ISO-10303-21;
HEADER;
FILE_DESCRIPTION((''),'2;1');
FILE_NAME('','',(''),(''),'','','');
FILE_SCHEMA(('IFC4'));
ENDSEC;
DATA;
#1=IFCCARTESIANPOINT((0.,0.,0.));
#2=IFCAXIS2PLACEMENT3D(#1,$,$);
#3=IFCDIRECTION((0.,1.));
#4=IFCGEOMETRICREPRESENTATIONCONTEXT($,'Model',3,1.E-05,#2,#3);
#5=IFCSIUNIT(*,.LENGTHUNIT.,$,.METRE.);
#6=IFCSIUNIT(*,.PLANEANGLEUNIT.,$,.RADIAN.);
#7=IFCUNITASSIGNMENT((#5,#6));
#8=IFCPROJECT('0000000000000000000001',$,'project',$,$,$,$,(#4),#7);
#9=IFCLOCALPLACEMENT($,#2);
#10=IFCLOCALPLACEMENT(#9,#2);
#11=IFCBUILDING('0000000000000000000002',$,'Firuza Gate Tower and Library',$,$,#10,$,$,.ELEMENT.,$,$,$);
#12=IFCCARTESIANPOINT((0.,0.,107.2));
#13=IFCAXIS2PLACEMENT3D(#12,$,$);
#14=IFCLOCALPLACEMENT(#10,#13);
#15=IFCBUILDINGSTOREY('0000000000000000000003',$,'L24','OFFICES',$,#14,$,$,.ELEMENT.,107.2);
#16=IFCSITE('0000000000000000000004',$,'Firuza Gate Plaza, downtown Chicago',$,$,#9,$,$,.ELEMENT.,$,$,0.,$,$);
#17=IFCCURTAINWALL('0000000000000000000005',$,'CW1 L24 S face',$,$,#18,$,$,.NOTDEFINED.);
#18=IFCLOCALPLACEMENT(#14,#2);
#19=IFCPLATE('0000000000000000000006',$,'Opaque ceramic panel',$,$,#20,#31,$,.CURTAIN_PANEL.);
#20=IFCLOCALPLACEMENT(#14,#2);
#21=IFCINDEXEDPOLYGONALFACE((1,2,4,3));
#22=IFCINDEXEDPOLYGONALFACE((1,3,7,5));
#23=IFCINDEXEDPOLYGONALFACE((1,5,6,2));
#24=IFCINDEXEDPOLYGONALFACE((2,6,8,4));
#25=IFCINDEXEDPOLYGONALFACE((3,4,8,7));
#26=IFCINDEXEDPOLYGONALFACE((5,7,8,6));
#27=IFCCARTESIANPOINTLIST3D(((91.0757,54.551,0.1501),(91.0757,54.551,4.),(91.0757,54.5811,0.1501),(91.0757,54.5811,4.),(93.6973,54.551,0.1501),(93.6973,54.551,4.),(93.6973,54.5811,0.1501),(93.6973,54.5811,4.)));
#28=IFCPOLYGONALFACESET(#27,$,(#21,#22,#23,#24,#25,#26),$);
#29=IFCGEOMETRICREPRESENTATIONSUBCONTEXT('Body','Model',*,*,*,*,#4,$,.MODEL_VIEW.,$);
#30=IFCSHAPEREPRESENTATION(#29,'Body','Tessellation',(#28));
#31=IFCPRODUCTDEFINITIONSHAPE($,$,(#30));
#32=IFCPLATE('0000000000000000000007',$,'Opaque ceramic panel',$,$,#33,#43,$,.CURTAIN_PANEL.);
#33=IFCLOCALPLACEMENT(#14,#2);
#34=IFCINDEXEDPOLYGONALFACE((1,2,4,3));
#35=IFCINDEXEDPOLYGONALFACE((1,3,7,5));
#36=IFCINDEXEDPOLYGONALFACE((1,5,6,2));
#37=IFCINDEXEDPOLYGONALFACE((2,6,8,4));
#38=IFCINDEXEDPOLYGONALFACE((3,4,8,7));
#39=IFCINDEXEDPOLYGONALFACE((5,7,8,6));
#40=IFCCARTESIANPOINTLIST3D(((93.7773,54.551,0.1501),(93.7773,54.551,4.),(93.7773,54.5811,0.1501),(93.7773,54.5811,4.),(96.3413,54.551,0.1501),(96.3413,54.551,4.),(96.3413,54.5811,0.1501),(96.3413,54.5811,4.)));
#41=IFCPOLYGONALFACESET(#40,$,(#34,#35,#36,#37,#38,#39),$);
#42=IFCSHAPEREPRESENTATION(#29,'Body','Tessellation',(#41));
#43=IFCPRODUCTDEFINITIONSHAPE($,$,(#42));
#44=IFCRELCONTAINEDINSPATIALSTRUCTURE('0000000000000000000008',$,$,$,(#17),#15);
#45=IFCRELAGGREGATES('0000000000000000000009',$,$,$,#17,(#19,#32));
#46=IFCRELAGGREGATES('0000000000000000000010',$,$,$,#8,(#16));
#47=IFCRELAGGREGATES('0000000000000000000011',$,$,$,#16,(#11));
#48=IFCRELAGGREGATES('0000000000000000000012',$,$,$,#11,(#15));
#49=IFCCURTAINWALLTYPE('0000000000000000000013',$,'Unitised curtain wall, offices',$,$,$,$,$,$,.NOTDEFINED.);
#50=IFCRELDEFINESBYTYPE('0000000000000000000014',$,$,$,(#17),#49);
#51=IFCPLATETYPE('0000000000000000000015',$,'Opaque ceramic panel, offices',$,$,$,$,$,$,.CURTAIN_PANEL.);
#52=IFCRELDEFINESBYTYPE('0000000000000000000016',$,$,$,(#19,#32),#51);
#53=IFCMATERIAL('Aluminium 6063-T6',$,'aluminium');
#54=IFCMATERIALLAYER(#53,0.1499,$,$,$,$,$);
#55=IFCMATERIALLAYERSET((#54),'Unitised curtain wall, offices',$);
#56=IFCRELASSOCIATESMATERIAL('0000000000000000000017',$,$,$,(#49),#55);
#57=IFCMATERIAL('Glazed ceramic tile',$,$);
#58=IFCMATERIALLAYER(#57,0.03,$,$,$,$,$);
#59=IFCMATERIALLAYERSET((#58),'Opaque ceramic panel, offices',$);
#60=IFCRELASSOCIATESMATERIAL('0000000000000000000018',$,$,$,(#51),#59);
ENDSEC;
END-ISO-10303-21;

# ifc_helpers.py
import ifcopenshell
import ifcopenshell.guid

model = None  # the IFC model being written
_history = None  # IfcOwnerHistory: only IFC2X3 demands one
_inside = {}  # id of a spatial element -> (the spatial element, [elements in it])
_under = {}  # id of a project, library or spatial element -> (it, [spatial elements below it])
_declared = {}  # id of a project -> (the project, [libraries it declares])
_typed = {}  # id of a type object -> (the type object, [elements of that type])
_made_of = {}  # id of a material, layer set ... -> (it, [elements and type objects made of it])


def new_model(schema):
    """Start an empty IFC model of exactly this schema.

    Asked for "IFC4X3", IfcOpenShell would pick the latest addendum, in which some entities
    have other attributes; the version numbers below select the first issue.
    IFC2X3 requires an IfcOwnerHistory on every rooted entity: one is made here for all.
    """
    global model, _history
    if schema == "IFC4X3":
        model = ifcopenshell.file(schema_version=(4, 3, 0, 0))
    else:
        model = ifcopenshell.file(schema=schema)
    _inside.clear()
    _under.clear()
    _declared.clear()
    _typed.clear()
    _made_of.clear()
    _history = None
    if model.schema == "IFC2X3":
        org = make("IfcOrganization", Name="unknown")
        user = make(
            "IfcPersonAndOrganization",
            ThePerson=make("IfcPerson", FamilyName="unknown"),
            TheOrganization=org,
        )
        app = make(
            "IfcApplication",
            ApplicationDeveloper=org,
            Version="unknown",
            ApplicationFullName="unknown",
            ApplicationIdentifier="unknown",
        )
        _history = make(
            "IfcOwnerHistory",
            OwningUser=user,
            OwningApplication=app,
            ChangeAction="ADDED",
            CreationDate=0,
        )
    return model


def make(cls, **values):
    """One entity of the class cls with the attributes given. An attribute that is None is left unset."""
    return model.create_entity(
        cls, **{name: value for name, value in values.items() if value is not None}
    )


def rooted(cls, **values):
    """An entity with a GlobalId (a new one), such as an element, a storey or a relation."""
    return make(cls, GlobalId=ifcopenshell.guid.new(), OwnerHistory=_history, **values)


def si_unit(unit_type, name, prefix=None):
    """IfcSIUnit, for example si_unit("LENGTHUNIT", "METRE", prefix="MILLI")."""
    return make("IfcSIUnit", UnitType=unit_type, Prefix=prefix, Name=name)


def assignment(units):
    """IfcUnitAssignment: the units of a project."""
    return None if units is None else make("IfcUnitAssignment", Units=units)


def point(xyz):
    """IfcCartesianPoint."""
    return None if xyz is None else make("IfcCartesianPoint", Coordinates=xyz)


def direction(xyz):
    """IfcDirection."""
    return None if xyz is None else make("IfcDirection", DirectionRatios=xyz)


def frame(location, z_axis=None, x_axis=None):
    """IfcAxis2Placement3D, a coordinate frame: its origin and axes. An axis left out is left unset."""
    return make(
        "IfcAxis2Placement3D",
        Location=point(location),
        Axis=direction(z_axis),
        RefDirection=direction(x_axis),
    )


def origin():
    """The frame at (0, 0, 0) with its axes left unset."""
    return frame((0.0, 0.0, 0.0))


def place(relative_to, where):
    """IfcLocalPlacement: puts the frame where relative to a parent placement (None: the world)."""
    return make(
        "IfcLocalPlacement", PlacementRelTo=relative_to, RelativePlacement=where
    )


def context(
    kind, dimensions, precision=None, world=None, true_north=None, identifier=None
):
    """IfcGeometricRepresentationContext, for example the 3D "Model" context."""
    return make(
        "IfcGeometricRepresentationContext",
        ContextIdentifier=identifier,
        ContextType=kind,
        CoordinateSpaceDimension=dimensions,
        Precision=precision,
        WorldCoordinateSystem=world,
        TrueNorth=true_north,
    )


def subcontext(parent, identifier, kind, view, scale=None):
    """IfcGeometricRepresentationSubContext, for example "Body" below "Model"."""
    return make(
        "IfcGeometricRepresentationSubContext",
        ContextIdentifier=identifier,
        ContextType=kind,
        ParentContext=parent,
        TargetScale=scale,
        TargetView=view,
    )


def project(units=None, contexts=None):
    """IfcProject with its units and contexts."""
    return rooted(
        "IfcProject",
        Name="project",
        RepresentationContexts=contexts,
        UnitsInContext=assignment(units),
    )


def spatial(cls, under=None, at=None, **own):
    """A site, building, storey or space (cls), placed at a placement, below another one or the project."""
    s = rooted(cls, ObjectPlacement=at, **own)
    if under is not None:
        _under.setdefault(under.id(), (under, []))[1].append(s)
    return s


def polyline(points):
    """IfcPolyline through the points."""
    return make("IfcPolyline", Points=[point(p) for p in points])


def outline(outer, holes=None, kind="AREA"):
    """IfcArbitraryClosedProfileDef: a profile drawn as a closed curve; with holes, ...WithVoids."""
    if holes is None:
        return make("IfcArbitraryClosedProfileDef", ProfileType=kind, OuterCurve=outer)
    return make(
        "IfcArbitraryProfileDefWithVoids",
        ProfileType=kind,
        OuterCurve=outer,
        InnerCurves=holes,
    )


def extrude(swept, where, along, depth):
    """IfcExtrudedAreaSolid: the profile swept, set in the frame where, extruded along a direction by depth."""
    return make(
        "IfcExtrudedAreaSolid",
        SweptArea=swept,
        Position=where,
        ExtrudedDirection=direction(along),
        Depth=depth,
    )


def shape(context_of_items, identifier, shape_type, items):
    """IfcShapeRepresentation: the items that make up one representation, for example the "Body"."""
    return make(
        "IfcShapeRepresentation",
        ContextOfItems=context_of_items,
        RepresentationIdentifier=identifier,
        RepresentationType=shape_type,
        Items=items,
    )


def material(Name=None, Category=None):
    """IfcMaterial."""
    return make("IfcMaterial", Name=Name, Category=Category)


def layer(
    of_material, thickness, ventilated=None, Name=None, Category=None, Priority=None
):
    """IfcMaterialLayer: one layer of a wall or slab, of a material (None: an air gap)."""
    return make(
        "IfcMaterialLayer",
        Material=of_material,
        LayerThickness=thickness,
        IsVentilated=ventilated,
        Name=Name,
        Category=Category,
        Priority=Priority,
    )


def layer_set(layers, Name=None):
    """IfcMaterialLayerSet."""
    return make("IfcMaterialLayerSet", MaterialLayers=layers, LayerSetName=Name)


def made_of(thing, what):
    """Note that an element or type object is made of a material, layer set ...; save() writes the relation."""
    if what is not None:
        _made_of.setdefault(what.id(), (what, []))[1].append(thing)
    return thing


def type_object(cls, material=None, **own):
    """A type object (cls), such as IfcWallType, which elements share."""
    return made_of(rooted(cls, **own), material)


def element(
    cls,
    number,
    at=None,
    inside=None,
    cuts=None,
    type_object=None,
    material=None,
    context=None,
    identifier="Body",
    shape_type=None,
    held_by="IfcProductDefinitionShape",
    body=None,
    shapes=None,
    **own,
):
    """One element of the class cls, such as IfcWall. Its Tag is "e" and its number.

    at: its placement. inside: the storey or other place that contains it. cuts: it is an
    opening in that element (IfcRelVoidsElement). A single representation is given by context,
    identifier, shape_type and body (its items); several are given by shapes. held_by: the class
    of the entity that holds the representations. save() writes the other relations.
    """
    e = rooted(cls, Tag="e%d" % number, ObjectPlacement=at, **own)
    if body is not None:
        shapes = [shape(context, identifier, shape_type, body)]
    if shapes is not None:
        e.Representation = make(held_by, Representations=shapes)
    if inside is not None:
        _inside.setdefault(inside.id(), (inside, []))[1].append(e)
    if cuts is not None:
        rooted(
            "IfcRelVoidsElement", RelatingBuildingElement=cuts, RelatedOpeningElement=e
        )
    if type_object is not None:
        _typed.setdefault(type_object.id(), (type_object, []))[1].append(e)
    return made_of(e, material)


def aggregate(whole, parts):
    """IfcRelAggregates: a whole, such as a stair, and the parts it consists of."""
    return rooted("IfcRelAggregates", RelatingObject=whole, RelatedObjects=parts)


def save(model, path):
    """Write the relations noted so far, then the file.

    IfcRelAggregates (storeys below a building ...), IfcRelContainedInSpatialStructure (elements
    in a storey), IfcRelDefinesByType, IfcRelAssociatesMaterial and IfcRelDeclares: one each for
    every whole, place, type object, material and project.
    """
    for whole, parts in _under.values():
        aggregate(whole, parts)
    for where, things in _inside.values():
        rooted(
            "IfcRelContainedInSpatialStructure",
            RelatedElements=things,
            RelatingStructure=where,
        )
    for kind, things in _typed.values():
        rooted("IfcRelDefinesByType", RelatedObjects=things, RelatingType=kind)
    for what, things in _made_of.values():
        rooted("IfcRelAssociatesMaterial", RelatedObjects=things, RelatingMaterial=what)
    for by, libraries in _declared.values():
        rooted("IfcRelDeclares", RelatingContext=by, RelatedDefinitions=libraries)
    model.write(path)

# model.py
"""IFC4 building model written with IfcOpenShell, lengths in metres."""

from ifc_helpers import new_model, si_unit, direction, frame, origin, place, context, subcontext, project, spatial, polyline, outline, extrude, material, layer, layer_set, type_object, element, aggregate, save


model = new_model("IFC4")

# Units and contexts
model_context = context("Model", 3, precision=1e-05, world=origin(), true_north=direction((0.0, 1.0)))
body_context = subcontext(model_context, "Body", "Model", "MODEL_VIEW")
ifc_project = project(units=[si_unit("LENGTHUNIT", "METRE"), si_unit("PLANEANGLEUNIT", "RADIAN")], contexts=[model_context])

# Site, building, storey
site_placement = place(None, origin())
site = spatial("IfcSite", under=ifc_project, at=site_placement, Name="Firuza Gate Plaza, downtown Chicago", CompositionType="ELEMENT", RefElevation=0.0)
building_placement = place(site_placement, origin())
building = spatial("IfcBuilding", under=site, at=building_placement, Name="Firuza Gate Tower and Library", CompositionType="ELEMENT")
storey_placement = place(building_placement, frame((0.0, 0.0, 107.2)))
storey = spatial("IfcBuildingStorey", under=building, at=storey_placement, Name="L24", Description="OFFICES", CompositionType="ELEMENT", Elevation=107.2)

# Curtain wall
ifc_material_1 = material(Name="Aluminium 6063-T6", Category="aluminium")
ifc_layer_1 = layer(ifc_material_1, 0.1499)
ifc_layer_set_1 = layer_set([ifc_layer_1], Name="Unitised curtain wall, offices")
curtain_wall_type = type_object("IfcCurtainWallType", Name="Unitised curtain wall, offices", PredefinedType="NOTDEFINED", material=ifc_layer_set_1)
curtain_wall_placement = place(storey_placement, origin())
curtain_wall = element("IfcCurtainWall", 1, at=curtain_wall_placement, inside=storey, type_object=curtain_wall_type, Name="CW1 L24 S face", PredefinedType="NOTDEFINED")

# Plates
ifc_material_2 = material(Name="Glazed ceramic tile")
ifc_layer_2 = layer(ifc_material_2, 0.03)
ifc_layer_set_2 = layer_set([ifc_layer_2], Name="Opaque ceramic panel, offices")
plate_type_1 = type_object("IfcPlateType", Name="Opaque ceramic panel, offices", PredefinedType="CURTAIN_PANEL", material=ifc_layer_set_2)
plate_1_placement = place(storey_placement, frame((91.0757, 54.551, 0.1501), z_axis=(0.0, -1.0, 0.0), x_axis=(1.0, 0.0, 0.0)))
plate_1 = element("IfcPlate", 2, at=plate_1_placement, type_object=plate_type_1, Name="Opaque ceramic panel", PredefinedType="CURTAIN_PANEL", context=body_context, shape_type="SweptSolid", body=[
    extrude(outline(polyline([(0.0, 0.0), (2.6216, 0.0), (2.6216, 3.8499), (0.0, 3.8499), (0.0, 0.0)])), origin(), (0.0, 0.0, -1.0), 0.03),
])
plate_2_placement = place(storey_placement, frame((93.7773, 54.551, 0.1501), z_axis=(0.0, -1.0, 0.0), x_axis=(1.0, 0.0, 0.0)))
plate_2 = element("IfcPlate", 3, at=plate_2_placement, type_object=plate_type_1, Name="Opaque ceramic panel", PredefinedType="CURTAIN_PANEL", context=body_context, shape_type="SweptSolid", body=[
    extrude(outline(polyline([(0.0, 0.0), (2.564, 0.0), (2.564, 3.8499), (0.0, 3.8499), (0.0, 0.0)])), origin(), (0.0, 0.0, -1.0), 0.03),
])
aggregate(curtain_wall, [plate_1, plate_2])

save(model, "model.ifc")
